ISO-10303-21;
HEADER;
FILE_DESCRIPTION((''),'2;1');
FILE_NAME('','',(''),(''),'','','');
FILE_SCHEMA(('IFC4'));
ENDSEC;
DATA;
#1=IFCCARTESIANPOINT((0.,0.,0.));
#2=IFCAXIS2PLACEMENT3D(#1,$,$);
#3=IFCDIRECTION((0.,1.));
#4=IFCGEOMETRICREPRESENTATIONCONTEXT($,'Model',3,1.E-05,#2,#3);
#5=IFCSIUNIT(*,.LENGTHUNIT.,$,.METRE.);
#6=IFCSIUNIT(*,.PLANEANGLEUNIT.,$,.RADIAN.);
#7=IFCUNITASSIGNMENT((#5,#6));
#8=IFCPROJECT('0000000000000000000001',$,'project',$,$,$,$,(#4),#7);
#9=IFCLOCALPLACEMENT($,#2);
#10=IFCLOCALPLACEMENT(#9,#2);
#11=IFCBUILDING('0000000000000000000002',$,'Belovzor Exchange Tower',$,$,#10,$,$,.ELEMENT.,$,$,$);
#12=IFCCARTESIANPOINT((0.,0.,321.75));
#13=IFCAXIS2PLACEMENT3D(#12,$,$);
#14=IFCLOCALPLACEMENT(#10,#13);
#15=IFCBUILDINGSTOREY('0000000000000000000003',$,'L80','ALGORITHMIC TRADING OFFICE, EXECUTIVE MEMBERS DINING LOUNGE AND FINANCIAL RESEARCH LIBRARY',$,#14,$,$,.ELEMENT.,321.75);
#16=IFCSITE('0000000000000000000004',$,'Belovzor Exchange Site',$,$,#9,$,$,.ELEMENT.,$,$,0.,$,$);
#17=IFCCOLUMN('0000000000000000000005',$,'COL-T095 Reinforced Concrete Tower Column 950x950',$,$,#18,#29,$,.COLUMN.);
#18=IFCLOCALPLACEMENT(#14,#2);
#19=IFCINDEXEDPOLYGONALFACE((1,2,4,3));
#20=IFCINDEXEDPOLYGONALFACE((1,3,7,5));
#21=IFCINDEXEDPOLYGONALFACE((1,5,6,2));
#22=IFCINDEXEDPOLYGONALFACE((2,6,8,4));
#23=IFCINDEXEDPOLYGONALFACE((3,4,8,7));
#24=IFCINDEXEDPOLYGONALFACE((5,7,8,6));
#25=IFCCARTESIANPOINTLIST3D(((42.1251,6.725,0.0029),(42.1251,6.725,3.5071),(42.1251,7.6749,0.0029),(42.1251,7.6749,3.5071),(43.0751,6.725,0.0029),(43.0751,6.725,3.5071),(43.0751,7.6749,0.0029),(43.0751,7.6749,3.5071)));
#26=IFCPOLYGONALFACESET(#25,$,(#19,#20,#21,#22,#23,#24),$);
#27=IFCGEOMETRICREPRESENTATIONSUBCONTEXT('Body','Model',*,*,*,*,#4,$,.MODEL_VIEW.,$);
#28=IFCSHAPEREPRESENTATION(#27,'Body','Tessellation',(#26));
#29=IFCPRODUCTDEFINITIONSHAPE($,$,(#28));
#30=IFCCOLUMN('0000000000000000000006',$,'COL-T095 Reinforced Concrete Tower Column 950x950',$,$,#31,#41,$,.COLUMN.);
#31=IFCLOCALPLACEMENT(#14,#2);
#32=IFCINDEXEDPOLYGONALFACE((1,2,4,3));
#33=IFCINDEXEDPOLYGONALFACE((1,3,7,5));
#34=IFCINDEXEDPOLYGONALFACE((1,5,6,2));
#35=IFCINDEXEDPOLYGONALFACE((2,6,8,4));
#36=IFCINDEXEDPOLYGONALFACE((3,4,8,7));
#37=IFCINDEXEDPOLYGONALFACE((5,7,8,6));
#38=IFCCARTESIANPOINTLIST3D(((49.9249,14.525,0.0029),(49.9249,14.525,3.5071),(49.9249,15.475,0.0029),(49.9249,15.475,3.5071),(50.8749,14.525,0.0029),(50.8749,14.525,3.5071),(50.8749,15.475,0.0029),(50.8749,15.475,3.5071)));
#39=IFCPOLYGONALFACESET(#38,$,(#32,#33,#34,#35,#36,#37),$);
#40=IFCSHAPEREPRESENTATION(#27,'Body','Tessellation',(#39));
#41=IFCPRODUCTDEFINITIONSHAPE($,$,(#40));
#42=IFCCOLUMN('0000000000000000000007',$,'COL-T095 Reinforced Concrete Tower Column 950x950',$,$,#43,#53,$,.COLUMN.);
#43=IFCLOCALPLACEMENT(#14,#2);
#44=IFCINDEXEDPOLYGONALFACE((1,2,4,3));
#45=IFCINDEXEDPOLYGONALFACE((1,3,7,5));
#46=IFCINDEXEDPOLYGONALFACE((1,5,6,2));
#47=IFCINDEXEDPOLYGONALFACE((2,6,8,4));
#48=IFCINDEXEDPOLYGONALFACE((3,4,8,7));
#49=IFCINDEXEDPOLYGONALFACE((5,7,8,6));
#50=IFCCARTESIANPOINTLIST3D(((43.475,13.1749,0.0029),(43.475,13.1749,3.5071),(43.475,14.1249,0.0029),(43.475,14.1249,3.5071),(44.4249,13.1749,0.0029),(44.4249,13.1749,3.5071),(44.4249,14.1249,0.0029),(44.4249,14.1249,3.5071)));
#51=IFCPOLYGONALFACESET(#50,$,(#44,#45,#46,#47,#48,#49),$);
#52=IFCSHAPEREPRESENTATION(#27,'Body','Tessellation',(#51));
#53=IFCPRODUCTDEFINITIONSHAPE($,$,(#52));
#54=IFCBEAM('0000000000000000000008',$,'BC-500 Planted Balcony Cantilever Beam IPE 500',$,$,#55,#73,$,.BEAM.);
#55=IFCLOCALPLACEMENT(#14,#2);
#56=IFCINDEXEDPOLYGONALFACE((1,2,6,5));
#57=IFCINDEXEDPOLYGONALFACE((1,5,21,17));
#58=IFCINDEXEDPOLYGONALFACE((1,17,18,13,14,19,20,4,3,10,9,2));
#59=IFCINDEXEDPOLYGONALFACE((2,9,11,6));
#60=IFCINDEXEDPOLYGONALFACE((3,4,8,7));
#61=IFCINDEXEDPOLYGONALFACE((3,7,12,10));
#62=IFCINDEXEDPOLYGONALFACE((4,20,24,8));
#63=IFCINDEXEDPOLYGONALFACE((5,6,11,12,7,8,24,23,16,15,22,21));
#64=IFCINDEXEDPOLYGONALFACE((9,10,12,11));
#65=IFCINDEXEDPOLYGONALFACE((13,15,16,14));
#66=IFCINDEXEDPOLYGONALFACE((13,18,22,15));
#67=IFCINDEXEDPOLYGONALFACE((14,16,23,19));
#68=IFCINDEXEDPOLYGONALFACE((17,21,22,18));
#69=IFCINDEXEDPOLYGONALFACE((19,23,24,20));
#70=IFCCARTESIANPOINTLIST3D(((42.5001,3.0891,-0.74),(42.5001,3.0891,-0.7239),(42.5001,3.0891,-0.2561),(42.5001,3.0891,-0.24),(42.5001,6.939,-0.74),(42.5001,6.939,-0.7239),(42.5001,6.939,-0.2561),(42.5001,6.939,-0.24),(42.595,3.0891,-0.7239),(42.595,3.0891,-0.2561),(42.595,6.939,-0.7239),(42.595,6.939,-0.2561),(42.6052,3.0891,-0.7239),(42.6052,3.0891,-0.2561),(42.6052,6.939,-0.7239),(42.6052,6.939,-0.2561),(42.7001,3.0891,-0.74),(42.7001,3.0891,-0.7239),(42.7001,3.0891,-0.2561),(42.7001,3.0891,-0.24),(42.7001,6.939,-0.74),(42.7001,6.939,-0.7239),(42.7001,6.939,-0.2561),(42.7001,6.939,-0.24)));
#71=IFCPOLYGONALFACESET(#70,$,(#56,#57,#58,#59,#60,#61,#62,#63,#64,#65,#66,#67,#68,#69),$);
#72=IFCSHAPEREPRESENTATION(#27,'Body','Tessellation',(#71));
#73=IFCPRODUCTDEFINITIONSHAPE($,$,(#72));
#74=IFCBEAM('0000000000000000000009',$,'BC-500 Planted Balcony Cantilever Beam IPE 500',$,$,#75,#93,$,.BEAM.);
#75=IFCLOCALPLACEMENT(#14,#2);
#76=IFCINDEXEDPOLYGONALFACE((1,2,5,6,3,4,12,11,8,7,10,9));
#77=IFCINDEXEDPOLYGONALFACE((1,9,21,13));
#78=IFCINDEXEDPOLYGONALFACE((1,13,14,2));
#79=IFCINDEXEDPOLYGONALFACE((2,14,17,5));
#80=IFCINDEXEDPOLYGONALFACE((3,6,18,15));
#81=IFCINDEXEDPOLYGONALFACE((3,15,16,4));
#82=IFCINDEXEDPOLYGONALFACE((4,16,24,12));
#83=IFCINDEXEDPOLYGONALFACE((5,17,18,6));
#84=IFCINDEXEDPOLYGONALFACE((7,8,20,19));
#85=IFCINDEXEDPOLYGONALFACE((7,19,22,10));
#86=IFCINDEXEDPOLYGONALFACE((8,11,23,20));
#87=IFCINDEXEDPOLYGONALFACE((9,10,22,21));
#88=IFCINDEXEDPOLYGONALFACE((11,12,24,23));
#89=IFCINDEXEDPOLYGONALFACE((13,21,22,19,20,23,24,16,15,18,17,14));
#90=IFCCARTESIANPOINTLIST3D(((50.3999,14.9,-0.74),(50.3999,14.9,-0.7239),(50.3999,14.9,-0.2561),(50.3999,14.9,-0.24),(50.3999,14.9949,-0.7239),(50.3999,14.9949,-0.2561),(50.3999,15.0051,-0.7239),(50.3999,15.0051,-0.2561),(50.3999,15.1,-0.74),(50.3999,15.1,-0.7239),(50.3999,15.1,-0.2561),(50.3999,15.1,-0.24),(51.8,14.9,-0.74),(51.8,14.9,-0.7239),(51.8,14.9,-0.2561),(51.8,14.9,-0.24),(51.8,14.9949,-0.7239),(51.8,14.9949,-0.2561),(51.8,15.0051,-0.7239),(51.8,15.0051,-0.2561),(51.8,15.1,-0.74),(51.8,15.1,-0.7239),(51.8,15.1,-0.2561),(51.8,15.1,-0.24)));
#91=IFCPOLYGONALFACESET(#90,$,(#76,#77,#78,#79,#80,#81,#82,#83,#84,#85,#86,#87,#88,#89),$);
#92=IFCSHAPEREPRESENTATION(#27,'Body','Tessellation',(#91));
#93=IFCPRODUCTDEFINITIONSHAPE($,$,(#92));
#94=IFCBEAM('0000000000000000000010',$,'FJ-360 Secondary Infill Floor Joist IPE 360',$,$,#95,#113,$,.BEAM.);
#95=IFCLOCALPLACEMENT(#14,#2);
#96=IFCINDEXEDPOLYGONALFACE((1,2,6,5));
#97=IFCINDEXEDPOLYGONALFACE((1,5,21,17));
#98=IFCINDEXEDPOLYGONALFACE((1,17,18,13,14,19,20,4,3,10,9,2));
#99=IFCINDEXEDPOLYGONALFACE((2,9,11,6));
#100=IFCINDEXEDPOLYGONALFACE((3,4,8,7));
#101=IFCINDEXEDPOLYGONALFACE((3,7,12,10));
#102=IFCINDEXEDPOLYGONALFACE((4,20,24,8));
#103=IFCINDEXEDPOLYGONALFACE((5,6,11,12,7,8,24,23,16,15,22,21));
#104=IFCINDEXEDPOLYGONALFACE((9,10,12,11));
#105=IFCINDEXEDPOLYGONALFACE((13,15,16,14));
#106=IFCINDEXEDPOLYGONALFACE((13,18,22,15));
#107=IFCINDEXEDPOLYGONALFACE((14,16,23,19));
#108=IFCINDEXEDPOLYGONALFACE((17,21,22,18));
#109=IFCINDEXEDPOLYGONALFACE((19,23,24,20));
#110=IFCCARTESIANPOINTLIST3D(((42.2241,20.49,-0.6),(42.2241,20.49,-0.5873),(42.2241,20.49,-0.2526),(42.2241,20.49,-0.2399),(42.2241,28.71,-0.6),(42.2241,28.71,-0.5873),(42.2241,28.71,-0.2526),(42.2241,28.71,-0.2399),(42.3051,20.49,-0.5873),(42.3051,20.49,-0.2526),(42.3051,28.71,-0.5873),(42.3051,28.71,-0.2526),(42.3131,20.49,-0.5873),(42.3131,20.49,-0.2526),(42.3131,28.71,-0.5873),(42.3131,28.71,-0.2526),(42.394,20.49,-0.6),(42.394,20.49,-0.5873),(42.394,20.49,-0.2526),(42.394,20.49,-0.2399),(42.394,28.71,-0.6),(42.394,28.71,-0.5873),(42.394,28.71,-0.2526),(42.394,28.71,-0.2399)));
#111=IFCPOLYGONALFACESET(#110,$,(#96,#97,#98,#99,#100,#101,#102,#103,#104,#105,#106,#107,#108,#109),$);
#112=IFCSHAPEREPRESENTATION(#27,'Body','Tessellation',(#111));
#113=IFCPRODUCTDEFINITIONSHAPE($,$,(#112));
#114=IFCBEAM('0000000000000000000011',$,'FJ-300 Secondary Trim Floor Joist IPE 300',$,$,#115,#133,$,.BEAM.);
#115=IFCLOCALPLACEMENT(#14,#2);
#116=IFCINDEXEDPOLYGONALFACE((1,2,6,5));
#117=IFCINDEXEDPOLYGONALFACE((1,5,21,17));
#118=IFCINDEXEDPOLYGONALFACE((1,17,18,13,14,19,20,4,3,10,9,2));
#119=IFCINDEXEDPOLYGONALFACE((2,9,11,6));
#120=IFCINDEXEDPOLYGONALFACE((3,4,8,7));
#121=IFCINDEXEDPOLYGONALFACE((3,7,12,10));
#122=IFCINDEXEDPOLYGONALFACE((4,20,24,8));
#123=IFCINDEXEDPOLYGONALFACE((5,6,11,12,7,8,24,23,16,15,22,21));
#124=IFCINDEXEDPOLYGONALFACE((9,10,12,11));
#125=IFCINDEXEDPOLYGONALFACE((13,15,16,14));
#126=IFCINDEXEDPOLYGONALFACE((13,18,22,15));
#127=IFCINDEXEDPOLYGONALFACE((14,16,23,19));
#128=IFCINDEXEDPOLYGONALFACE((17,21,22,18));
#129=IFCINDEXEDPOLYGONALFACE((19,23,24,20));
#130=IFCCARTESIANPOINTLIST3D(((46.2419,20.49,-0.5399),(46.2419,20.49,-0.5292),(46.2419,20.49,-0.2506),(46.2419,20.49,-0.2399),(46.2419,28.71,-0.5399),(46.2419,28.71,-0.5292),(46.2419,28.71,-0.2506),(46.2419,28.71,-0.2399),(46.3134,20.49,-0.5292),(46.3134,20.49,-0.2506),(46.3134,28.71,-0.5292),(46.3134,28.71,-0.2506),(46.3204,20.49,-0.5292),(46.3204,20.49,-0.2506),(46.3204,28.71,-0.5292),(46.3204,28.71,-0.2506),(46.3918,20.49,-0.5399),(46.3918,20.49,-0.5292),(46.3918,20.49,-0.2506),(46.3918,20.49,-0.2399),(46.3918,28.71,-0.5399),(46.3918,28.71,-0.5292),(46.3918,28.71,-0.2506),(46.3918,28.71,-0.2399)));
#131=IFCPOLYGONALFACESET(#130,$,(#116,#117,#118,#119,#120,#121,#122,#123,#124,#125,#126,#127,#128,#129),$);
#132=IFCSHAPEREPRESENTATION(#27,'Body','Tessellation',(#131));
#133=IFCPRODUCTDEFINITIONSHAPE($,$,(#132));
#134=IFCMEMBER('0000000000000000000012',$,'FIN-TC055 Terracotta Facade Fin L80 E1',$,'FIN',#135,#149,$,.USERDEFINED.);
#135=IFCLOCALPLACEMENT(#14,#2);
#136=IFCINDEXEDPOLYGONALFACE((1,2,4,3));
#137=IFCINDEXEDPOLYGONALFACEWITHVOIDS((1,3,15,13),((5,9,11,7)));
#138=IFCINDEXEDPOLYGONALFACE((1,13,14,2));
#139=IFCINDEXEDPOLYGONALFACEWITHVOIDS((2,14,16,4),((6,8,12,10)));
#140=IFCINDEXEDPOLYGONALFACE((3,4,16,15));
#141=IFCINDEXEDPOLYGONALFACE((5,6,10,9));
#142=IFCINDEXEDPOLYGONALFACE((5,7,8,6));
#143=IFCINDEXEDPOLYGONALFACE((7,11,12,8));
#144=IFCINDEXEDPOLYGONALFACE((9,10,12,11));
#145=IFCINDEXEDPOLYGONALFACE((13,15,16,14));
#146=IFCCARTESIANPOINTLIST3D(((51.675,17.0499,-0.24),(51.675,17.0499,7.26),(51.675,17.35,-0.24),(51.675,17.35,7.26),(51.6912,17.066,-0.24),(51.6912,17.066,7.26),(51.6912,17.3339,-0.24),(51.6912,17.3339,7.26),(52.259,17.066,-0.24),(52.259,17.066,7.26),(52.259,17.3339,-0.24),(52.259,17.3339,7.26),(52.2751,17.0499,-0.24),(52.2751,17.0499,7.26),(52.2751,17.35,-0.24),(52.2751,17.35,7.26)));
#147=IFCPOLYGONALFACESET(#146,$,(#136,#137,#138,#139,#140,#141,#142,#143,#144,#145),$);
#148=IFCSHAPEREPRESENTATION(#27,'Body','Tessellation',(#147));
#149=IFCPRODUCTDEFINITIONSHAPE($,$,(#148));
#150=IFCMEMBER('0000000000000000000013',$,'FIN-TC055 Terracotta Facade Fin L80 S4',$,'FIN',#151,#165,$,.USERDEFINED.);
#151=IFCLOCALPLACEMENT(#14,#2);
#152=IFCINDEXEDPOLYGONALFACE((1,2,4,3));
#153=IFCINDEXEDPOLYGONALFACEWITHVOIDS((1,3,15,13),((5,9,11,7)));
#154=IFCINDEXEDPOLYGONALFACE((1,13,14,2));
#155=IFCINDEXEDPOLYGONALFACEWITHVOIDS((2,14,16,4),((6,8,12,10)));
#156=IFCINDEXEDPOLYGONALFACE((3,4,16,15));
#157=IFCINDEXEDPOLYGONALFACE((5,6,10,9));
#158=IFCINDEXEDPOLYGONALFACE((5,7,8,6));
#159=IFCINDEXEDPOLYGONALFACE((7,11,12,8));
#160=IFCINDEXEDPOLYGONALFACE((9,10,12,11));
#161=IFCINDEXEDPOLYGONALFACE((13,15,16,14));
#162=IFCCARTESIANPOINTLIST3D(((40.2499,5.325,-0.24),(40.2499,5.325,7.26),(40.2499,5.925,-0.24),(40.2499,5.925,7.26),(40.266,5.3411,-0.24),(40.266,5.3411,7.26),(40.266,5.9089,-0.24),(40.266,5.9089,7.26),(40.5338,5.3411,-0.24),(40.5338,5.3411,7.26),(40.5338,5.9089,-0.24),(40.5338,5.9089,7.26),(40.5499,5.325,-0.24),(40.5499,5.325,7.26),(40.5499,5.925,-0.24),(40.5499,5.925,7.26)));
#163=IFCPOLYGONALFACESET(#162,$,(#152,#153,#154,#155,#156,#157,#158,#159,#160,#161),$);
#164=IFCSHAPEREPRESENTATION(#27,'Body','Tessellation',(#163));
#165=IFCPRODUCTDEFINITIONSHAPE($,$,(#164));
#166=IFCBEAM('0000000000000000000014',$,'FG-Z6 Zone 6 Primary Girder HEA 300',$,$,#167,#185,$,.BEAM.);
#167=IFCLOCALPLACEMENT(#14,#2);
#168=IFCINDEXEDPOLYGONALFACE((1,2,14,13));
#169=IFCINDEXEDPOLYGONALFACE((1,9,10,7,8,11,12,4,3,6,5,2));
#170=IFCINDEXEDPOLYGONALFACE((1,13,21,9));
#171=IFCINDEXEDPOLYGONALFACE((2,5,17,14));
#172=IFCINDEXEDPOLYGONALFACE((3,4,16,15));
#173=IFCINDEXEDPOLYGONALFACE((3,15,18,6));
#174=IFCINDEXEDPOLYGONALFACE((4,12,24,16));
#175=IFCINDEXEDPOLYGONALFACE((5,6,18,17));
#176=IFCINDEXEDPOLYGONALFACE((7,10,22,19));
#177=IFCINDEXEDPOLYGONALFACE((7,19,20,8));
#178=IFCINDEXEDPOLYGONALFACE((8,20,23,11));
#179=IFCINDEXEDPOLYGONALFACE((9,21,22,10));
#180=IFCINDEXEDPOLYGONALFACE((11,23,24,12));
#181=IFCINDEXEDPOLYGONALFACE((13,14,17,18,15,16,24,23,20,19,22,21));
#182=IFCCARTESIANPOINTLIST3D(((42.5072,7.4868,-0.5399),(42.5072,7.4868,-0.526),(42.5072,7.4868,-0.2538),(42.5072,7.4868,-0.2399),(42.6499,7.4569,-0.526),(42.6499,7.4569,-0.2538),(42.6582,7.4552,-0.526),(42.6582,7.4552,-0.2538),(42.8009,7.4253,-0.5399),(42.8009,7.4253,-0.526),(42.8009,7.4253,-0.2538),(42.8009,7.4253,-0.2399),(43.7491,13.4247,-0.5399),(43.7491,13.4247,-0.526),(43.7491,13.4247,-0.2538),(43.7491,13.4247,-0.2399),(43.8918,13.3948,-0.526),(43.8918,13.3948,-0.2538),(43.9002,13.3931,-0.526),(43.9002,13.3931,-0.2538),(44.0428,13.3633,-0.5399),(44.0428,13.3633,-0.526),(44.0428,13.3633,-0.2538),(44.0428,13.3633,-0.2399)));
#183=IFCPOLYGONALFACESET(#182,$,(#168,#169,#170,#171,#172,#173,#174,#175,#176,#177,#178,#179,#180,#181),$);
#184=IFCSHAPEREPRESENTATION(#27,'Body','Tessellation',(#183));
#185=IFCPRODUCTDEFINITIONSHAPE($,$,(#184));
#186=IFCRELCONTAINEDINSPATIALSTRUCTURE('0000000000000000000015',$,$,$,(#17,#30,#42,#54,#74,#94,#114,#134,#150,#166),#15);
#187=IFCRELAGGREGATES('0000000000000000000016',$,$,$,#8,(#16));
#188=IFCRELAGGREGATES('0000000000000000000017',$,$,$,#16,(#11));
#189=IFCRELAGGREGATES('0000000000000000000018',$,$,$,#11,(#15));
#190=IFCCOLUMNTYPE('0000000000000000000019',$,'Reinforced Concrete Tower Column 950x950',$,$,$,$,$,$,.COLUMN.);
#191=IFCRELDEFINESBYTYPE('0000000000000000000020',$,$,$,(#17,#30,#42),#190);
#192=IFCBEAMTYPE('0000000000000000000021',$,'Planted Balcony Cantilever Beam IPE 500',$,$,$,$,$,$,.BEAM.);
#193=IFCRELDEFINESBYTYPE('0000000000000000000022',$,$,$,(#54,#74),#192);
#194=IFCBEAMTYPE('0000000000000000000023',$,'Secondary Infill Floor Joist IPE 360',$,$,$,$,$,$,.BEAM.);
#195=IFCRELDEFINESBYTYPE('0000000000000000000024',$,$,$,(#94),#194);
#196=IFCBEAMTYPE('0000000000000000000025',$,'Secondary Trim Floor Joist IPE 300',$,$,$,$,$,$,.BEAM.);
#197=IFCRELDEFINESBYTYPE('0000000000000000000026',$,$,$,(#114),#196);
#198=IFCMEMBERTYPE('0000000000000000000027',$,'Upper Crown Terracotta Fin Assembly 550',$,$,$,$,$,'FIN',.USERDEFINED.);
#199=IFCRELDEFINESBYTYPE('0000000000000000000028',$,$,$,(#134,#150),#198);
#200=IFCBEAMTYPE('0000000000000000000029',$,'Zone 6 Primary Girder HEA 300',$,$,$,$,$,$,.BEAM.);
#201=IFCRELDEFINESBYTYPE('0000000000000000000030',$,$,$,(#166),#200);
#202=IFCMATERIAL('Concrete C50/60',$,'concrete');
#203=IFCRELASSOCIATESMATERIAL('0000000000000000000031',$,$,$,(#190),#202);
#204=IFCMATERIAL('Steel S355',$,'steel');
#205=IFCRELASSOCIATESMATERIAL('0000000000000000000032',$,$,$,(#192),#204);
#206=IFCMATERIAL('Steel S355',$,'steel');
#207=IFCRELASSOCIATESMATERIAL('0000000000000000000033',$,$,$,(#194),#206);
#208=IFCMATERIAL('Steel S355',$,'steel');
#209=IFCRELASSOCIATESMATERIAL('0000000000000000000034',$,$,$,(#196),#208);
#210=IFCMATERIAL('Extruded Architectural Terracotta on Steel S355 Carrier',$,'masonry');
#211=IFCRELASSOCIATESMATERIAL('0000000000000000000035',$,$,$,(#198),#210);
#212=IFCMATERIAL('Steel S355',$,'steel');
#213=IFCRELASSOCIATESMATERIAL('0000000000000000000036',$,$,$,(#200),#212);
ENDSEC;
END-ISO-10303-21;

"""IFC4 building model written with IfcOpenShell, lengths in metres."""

from ifc_helpers import new_model, si_unit, direction, frame, origin, origin_2d, place, context, subcontext, project, spatial, rectangle, hollow_rectangle, i_section, extrude, material, material_profile, profile_set, type_object, element, save


model = new_model("IFC4")

# Units and contexts
model_context = context("Model", 3, precision=1e-05, world=origin(), true_north=direction((0.0, 1.0)))
body_context = subcontext(model_context, "Body", "Model", "MODEL_VIEW")
ifc_project = project(units=[si_unit("LENGTHUNIT", "METRE"), si_unit("PLANEANGLEUNIT", "RADIAN")], contexts=[model_context])

# Site, building, storey
site_placement = place(None, origin())
site = spatial("IfcSite", under=ifc_project, at=site_placement, Name="Belovzor Exchange Site", CompositionType="ELEMENT", RefElevation=0.0)
building_placement = place(site_placement, origin())
building = spatial("IfcBuilding", under=site, at=building_placement, Name="Belovzor Exchange Tower", CompositionType="ELEMENT")
storey_placement = place(building_placement, frame((0.0, 0.0, 321.75)))
storey = spatial("IfcBuildingStorey", under=building, at=storey_placement, Name="L80", Description="ALGORITHMIC TRADING OFFICE, EXECUTIVE MEMBERS DINING LOUNGE AND FINANCIAL RESEARCH LIBRARY", CompositionType="ELEMENT", Elevation=321.75)

# Columns
ifc_material_1 = material(Name="Concrete C50/60", Category="concrete")
ifc_material_profile_1 = material_profile(ifc_material_1, rectangle(XDim=0.95, YDim=0.95, at=origin_2d()))
ifc_profile_set_1 = profile_set([ifc_material_profile_1], Name="Concrete C50/60")
column_type = type_object("IfcColumnType", Name="Reinforced Concrete Tower Column 950x950", PredefinedType="COLUMN", material=ifc_profile_set_1)
for number, where, z_axis, x_axis, name in (
    (1, (42.6001, 7.2, 0.0029), (0.0, 0.0, 1.0), (1.0, 0.0, 0.0), "COL-T095 Reinforced Concrete Tower Column 950x950"),
    (2, (50.3999, 15.0, 0.0029), (0.0, 0.0, 1.0), (1.0, 0.0, 0.0), "COL-T095 Reinforced Concrete Tower Column 950x950"),
    (3, (43.95, 13.6499, 0.0029), (0.0, 0.0, 1.0), (1.0, 0.0, 0.0), "COL-T095 Reinforced Concrete Tower Column 950x950"),
):
    element("IfcColumn", number, at=place(storey_placement, frame(where, z_axis=z_axis, x_axis=x_axis)), inside=storey, type_object=column_type, Name=name, PredefinedType="COLUMN", context=body_context, shape_type="SweptSolid", body=[
        extrude(rectangle(XDim=0.95, YDim=0.95, at=origin_2d()), origin(), (0.0, 0.0, 1.0), 3.5042),
    ])

# Beams
ifc_material_2 = material(Name="Steel S355", Category="steel")
ifc_material_profile_2 = material_profile(ifc_material_2, i_section(OverallWidth=0.2, OverallDepth=0.5, WebThickness=0.0103, FlangeThickness=0.0161, at=origin_2d()))
ifc_profile_set_2 = profile_set([ifc_material_profile_2], Name="Steel S355")
beam_type_1 = type_object("IfcBeamType", Name="Planted Balcony Cantilever Beam IPE 500", PredefinedType="BEAM", material=ifc_profile_set_2)
beam_1_placement = place(storey_placement, frame((42.6001, 6.939, -0.49), z_axis=(0.0, -1.0, 0.0), x_axis=(1.0, 0.0, 0.0)))
element("IfcBeam", 4, at=beam_1_placement, inside=storey, type_object=beam_type_1, Name="BC-500 Planted Balcony Cantilever Beam IPE 500", PredefinedType="BEAM", context=body_context, shape_type="SweptSolid", body=[
    extrude(i_section(OverallWidth=0.2, OverallDepth=0.5, WebThickness=0.0103, FlangeThickness=0.0161, at=origin_2d()), origin(), (0.0, 0.0, 1.0), 3.8499),
])
beam_2_placement = place(storey_placement, frame((50.3999, 15.0, -0.49), z_axis=(1.0, 0.0, 0.0), x_axis=(0.0, 1.0, 0.0)))
element("IfcBeam", 5, at=beam_2_placement, inside=storey, type_object=beam_type_1, Name="BC-500 Planted Balcony Cantilever Beam IPE 500", PredefinedType="BEAM", context=body_context, shape_type="SweptSolid", body=[
    extrude(i_section(OverallWidth=0.2, OverallDepth=0.5, WebThickness=0.0103, FlangeThickness=0.0161, at=origin_2d()), origin(), (0.0, 0.0, 1.0), 1.4001),
])
ifc_material_3 = material(Name="Steel S355", Category="steel")
ifc_material_profile_3 = material_profile(ifc_material_3, i_section(OverallWidth=0.1699, OverallDepth=0.3601, WebThickness=0.0081, FlangeThickness=0.0127, at=origin_2d()))
ifc_profile_set_3 = profile_set([ifc_material_profile_3], Name="Steel S355")
beam_type_2 = type_object("IfcBeamType", Name="Secondary Infill Floor Joist IPE 360", PredefinedType="BEAM", material=ifc_profile_set_3)
beam_3_placement = place(storey_placement, frame((42.3091, 20.49, -0.4199), z_axis=(0.0, 1.0, 0.0), x_axis=(-1.0, 0.0, 0.0)))
element("IfcBeam", 6, at=beam_3_placement, inside=storey, type_object=beam_type_2, Name="FJ-360 Secondary Infill Floor Joist IPE 360", PredefinedType="BEAM", context=body_context, shape_type="SweptSolid", body=[
    extrude(i_section(OverallWidth=0.1699, OverallDepth=0.3601, WebThickness=0.0081, FlangeThickness=0.0127, at=origin_2d()), origin(), (0.0, 0.0, 1.0), 8.22),
])
ifc_material_4 = material(Name="Steel S355", Category="steel")
ifc_material_profile_4 = material_profile(ifc_material_4, i_section(OverallWidth=0.1499, OverallDepth=0.3, WebThickness=0.0071, FlangeThickness=0.0107, at=origin_2d()))
ifc_profile_set_4 = profile_set([ifc_material_profile_4], Name="Steel S355")
beam_type_3 = type_object("IfcBeamType", Name="Secondary Trim Floor Joist IPE 300", PredefinedType="BEAM", material=ifc_profile_set_4)
beam_4_placement = place(storey_placement, frame((46.3169, 20.49, -0.3899), z_axis=(0.0, 1.0, 0.0), x_axis=(-1.0, 0.0, 0.0)))
element("IfcBeam", 7, at=beam_4_placement, inside=storey, type_object=beam_type_3, Name="FJ-300 Secondary Trim Floor Joist IPE 300", PredefinedType="BEAM", context=body_context, shape_type="SweptSolid", body=[
    extrude(i_section(OverallWidth=0.1499, OverallDepth=0.3, WebThickness=0.0071, FlangeThickness=0.0107, at=origin_2d()), origin(), (0.0, 0.0, 1.0), 8.22),
])

# Members
ifc_material_5 = material(Name="Extruded Architectural Terracotta on Steel S355 Carrier", Category="masonry")
ifc_material_profile_5 = material_profile(ifc_material_5, hollow_rectangle(XDim=0.3, YDim=0.6001, WallThickness=0.0161, at=origin_2d()))
ifc_profile_set_5 = profile_set([ifc_material_profile_5], Name="Extruded Architectural Terracotta on Steel S355 Carrier")
member_type = type_object("IfcMemberType", Name="Upper Crown Terracotta Fin Assembly 550", ElementType="FIN", PredefinedType="USERDEFINED", material=ifc_profile_set_5)
for number, where, z_axis, x_axis, name in (
    (8, (51.9751, 17.2, -0.24), (0.0, 0.0, 1.0), (0.0, 1.0, 0.0), "FIN-TC055 Terracotta Facade Fin L80 E1"),
    (9, (40.3999, 5.625, -0.24), (0.0, 0.0, 1.0), (1.0, 0.0, 0.0), "FIN-TC055 Terracotta Facade Fin L80 S4"),
):
    element("IfcMember", number, at=place(storey_placement, frame(where, z_axis=z_axis, x_axis=x_axis)), inside=storey, type_object=member_type, Name=name, ObjectType="FIN", PredefinedType="USERDEFINED", context=body_context, shape_type="SweptSolid", body=[
        extrude(hollow_rectangle(XDim=0.3, YDim=0.6001, WallThickness=0.0161, at=origin_2d()), origin(), (0.0, 0.0, 1.0), 7.5),
    ])

# Beam
ifc_material_6 = material(Name="Steel S355", Category="steel")
ifc_material_profile_6 = material_profile(ifc_material_6, i_section(OverallWidth=0.3, OverallDepth=0.3, WebThickness=0.0085, FlangeThickness=0.0139, at=origin_2d()))
ifc_profile_set_6 = profile_set([ifc_material_profile_6], Name="Steel S355")
beam_type_4 = type_object("IfcBeamType", Name="Zone 6 Primary Girder HEA 300", PredefinedType="BEAM", material=ifc_profile_set_6)
for number, where, z_axis, x_axis, name in (
    (10, (42.6541, 7.4561, -0.3899), (0.204722, 0.97882, 0.0), (-0.97882, 0.204722, 0.0), "FG-Z6 Zone 6 Primary Girder HEA 300"),
):
    element("IfcBeam", number, at=place(storey_placement, frame(where, z_axis=z_axis, x_axis=x_axis)), inside=storey, type_object=beam_type_4, Name=name, PredefinedType="BEAM", context=body_context, shape_type="SweptSolid", body=[
        extrude(i_section(OverallWidth=0.3, OverallDepth=0.3, WebThickness=0.0085, FlangeThickness=0.0139, at=origin_2d()), origin(), (0.0, 0.0, 1.0), 6.0664),
    ])

save(model, "model.ifc")
